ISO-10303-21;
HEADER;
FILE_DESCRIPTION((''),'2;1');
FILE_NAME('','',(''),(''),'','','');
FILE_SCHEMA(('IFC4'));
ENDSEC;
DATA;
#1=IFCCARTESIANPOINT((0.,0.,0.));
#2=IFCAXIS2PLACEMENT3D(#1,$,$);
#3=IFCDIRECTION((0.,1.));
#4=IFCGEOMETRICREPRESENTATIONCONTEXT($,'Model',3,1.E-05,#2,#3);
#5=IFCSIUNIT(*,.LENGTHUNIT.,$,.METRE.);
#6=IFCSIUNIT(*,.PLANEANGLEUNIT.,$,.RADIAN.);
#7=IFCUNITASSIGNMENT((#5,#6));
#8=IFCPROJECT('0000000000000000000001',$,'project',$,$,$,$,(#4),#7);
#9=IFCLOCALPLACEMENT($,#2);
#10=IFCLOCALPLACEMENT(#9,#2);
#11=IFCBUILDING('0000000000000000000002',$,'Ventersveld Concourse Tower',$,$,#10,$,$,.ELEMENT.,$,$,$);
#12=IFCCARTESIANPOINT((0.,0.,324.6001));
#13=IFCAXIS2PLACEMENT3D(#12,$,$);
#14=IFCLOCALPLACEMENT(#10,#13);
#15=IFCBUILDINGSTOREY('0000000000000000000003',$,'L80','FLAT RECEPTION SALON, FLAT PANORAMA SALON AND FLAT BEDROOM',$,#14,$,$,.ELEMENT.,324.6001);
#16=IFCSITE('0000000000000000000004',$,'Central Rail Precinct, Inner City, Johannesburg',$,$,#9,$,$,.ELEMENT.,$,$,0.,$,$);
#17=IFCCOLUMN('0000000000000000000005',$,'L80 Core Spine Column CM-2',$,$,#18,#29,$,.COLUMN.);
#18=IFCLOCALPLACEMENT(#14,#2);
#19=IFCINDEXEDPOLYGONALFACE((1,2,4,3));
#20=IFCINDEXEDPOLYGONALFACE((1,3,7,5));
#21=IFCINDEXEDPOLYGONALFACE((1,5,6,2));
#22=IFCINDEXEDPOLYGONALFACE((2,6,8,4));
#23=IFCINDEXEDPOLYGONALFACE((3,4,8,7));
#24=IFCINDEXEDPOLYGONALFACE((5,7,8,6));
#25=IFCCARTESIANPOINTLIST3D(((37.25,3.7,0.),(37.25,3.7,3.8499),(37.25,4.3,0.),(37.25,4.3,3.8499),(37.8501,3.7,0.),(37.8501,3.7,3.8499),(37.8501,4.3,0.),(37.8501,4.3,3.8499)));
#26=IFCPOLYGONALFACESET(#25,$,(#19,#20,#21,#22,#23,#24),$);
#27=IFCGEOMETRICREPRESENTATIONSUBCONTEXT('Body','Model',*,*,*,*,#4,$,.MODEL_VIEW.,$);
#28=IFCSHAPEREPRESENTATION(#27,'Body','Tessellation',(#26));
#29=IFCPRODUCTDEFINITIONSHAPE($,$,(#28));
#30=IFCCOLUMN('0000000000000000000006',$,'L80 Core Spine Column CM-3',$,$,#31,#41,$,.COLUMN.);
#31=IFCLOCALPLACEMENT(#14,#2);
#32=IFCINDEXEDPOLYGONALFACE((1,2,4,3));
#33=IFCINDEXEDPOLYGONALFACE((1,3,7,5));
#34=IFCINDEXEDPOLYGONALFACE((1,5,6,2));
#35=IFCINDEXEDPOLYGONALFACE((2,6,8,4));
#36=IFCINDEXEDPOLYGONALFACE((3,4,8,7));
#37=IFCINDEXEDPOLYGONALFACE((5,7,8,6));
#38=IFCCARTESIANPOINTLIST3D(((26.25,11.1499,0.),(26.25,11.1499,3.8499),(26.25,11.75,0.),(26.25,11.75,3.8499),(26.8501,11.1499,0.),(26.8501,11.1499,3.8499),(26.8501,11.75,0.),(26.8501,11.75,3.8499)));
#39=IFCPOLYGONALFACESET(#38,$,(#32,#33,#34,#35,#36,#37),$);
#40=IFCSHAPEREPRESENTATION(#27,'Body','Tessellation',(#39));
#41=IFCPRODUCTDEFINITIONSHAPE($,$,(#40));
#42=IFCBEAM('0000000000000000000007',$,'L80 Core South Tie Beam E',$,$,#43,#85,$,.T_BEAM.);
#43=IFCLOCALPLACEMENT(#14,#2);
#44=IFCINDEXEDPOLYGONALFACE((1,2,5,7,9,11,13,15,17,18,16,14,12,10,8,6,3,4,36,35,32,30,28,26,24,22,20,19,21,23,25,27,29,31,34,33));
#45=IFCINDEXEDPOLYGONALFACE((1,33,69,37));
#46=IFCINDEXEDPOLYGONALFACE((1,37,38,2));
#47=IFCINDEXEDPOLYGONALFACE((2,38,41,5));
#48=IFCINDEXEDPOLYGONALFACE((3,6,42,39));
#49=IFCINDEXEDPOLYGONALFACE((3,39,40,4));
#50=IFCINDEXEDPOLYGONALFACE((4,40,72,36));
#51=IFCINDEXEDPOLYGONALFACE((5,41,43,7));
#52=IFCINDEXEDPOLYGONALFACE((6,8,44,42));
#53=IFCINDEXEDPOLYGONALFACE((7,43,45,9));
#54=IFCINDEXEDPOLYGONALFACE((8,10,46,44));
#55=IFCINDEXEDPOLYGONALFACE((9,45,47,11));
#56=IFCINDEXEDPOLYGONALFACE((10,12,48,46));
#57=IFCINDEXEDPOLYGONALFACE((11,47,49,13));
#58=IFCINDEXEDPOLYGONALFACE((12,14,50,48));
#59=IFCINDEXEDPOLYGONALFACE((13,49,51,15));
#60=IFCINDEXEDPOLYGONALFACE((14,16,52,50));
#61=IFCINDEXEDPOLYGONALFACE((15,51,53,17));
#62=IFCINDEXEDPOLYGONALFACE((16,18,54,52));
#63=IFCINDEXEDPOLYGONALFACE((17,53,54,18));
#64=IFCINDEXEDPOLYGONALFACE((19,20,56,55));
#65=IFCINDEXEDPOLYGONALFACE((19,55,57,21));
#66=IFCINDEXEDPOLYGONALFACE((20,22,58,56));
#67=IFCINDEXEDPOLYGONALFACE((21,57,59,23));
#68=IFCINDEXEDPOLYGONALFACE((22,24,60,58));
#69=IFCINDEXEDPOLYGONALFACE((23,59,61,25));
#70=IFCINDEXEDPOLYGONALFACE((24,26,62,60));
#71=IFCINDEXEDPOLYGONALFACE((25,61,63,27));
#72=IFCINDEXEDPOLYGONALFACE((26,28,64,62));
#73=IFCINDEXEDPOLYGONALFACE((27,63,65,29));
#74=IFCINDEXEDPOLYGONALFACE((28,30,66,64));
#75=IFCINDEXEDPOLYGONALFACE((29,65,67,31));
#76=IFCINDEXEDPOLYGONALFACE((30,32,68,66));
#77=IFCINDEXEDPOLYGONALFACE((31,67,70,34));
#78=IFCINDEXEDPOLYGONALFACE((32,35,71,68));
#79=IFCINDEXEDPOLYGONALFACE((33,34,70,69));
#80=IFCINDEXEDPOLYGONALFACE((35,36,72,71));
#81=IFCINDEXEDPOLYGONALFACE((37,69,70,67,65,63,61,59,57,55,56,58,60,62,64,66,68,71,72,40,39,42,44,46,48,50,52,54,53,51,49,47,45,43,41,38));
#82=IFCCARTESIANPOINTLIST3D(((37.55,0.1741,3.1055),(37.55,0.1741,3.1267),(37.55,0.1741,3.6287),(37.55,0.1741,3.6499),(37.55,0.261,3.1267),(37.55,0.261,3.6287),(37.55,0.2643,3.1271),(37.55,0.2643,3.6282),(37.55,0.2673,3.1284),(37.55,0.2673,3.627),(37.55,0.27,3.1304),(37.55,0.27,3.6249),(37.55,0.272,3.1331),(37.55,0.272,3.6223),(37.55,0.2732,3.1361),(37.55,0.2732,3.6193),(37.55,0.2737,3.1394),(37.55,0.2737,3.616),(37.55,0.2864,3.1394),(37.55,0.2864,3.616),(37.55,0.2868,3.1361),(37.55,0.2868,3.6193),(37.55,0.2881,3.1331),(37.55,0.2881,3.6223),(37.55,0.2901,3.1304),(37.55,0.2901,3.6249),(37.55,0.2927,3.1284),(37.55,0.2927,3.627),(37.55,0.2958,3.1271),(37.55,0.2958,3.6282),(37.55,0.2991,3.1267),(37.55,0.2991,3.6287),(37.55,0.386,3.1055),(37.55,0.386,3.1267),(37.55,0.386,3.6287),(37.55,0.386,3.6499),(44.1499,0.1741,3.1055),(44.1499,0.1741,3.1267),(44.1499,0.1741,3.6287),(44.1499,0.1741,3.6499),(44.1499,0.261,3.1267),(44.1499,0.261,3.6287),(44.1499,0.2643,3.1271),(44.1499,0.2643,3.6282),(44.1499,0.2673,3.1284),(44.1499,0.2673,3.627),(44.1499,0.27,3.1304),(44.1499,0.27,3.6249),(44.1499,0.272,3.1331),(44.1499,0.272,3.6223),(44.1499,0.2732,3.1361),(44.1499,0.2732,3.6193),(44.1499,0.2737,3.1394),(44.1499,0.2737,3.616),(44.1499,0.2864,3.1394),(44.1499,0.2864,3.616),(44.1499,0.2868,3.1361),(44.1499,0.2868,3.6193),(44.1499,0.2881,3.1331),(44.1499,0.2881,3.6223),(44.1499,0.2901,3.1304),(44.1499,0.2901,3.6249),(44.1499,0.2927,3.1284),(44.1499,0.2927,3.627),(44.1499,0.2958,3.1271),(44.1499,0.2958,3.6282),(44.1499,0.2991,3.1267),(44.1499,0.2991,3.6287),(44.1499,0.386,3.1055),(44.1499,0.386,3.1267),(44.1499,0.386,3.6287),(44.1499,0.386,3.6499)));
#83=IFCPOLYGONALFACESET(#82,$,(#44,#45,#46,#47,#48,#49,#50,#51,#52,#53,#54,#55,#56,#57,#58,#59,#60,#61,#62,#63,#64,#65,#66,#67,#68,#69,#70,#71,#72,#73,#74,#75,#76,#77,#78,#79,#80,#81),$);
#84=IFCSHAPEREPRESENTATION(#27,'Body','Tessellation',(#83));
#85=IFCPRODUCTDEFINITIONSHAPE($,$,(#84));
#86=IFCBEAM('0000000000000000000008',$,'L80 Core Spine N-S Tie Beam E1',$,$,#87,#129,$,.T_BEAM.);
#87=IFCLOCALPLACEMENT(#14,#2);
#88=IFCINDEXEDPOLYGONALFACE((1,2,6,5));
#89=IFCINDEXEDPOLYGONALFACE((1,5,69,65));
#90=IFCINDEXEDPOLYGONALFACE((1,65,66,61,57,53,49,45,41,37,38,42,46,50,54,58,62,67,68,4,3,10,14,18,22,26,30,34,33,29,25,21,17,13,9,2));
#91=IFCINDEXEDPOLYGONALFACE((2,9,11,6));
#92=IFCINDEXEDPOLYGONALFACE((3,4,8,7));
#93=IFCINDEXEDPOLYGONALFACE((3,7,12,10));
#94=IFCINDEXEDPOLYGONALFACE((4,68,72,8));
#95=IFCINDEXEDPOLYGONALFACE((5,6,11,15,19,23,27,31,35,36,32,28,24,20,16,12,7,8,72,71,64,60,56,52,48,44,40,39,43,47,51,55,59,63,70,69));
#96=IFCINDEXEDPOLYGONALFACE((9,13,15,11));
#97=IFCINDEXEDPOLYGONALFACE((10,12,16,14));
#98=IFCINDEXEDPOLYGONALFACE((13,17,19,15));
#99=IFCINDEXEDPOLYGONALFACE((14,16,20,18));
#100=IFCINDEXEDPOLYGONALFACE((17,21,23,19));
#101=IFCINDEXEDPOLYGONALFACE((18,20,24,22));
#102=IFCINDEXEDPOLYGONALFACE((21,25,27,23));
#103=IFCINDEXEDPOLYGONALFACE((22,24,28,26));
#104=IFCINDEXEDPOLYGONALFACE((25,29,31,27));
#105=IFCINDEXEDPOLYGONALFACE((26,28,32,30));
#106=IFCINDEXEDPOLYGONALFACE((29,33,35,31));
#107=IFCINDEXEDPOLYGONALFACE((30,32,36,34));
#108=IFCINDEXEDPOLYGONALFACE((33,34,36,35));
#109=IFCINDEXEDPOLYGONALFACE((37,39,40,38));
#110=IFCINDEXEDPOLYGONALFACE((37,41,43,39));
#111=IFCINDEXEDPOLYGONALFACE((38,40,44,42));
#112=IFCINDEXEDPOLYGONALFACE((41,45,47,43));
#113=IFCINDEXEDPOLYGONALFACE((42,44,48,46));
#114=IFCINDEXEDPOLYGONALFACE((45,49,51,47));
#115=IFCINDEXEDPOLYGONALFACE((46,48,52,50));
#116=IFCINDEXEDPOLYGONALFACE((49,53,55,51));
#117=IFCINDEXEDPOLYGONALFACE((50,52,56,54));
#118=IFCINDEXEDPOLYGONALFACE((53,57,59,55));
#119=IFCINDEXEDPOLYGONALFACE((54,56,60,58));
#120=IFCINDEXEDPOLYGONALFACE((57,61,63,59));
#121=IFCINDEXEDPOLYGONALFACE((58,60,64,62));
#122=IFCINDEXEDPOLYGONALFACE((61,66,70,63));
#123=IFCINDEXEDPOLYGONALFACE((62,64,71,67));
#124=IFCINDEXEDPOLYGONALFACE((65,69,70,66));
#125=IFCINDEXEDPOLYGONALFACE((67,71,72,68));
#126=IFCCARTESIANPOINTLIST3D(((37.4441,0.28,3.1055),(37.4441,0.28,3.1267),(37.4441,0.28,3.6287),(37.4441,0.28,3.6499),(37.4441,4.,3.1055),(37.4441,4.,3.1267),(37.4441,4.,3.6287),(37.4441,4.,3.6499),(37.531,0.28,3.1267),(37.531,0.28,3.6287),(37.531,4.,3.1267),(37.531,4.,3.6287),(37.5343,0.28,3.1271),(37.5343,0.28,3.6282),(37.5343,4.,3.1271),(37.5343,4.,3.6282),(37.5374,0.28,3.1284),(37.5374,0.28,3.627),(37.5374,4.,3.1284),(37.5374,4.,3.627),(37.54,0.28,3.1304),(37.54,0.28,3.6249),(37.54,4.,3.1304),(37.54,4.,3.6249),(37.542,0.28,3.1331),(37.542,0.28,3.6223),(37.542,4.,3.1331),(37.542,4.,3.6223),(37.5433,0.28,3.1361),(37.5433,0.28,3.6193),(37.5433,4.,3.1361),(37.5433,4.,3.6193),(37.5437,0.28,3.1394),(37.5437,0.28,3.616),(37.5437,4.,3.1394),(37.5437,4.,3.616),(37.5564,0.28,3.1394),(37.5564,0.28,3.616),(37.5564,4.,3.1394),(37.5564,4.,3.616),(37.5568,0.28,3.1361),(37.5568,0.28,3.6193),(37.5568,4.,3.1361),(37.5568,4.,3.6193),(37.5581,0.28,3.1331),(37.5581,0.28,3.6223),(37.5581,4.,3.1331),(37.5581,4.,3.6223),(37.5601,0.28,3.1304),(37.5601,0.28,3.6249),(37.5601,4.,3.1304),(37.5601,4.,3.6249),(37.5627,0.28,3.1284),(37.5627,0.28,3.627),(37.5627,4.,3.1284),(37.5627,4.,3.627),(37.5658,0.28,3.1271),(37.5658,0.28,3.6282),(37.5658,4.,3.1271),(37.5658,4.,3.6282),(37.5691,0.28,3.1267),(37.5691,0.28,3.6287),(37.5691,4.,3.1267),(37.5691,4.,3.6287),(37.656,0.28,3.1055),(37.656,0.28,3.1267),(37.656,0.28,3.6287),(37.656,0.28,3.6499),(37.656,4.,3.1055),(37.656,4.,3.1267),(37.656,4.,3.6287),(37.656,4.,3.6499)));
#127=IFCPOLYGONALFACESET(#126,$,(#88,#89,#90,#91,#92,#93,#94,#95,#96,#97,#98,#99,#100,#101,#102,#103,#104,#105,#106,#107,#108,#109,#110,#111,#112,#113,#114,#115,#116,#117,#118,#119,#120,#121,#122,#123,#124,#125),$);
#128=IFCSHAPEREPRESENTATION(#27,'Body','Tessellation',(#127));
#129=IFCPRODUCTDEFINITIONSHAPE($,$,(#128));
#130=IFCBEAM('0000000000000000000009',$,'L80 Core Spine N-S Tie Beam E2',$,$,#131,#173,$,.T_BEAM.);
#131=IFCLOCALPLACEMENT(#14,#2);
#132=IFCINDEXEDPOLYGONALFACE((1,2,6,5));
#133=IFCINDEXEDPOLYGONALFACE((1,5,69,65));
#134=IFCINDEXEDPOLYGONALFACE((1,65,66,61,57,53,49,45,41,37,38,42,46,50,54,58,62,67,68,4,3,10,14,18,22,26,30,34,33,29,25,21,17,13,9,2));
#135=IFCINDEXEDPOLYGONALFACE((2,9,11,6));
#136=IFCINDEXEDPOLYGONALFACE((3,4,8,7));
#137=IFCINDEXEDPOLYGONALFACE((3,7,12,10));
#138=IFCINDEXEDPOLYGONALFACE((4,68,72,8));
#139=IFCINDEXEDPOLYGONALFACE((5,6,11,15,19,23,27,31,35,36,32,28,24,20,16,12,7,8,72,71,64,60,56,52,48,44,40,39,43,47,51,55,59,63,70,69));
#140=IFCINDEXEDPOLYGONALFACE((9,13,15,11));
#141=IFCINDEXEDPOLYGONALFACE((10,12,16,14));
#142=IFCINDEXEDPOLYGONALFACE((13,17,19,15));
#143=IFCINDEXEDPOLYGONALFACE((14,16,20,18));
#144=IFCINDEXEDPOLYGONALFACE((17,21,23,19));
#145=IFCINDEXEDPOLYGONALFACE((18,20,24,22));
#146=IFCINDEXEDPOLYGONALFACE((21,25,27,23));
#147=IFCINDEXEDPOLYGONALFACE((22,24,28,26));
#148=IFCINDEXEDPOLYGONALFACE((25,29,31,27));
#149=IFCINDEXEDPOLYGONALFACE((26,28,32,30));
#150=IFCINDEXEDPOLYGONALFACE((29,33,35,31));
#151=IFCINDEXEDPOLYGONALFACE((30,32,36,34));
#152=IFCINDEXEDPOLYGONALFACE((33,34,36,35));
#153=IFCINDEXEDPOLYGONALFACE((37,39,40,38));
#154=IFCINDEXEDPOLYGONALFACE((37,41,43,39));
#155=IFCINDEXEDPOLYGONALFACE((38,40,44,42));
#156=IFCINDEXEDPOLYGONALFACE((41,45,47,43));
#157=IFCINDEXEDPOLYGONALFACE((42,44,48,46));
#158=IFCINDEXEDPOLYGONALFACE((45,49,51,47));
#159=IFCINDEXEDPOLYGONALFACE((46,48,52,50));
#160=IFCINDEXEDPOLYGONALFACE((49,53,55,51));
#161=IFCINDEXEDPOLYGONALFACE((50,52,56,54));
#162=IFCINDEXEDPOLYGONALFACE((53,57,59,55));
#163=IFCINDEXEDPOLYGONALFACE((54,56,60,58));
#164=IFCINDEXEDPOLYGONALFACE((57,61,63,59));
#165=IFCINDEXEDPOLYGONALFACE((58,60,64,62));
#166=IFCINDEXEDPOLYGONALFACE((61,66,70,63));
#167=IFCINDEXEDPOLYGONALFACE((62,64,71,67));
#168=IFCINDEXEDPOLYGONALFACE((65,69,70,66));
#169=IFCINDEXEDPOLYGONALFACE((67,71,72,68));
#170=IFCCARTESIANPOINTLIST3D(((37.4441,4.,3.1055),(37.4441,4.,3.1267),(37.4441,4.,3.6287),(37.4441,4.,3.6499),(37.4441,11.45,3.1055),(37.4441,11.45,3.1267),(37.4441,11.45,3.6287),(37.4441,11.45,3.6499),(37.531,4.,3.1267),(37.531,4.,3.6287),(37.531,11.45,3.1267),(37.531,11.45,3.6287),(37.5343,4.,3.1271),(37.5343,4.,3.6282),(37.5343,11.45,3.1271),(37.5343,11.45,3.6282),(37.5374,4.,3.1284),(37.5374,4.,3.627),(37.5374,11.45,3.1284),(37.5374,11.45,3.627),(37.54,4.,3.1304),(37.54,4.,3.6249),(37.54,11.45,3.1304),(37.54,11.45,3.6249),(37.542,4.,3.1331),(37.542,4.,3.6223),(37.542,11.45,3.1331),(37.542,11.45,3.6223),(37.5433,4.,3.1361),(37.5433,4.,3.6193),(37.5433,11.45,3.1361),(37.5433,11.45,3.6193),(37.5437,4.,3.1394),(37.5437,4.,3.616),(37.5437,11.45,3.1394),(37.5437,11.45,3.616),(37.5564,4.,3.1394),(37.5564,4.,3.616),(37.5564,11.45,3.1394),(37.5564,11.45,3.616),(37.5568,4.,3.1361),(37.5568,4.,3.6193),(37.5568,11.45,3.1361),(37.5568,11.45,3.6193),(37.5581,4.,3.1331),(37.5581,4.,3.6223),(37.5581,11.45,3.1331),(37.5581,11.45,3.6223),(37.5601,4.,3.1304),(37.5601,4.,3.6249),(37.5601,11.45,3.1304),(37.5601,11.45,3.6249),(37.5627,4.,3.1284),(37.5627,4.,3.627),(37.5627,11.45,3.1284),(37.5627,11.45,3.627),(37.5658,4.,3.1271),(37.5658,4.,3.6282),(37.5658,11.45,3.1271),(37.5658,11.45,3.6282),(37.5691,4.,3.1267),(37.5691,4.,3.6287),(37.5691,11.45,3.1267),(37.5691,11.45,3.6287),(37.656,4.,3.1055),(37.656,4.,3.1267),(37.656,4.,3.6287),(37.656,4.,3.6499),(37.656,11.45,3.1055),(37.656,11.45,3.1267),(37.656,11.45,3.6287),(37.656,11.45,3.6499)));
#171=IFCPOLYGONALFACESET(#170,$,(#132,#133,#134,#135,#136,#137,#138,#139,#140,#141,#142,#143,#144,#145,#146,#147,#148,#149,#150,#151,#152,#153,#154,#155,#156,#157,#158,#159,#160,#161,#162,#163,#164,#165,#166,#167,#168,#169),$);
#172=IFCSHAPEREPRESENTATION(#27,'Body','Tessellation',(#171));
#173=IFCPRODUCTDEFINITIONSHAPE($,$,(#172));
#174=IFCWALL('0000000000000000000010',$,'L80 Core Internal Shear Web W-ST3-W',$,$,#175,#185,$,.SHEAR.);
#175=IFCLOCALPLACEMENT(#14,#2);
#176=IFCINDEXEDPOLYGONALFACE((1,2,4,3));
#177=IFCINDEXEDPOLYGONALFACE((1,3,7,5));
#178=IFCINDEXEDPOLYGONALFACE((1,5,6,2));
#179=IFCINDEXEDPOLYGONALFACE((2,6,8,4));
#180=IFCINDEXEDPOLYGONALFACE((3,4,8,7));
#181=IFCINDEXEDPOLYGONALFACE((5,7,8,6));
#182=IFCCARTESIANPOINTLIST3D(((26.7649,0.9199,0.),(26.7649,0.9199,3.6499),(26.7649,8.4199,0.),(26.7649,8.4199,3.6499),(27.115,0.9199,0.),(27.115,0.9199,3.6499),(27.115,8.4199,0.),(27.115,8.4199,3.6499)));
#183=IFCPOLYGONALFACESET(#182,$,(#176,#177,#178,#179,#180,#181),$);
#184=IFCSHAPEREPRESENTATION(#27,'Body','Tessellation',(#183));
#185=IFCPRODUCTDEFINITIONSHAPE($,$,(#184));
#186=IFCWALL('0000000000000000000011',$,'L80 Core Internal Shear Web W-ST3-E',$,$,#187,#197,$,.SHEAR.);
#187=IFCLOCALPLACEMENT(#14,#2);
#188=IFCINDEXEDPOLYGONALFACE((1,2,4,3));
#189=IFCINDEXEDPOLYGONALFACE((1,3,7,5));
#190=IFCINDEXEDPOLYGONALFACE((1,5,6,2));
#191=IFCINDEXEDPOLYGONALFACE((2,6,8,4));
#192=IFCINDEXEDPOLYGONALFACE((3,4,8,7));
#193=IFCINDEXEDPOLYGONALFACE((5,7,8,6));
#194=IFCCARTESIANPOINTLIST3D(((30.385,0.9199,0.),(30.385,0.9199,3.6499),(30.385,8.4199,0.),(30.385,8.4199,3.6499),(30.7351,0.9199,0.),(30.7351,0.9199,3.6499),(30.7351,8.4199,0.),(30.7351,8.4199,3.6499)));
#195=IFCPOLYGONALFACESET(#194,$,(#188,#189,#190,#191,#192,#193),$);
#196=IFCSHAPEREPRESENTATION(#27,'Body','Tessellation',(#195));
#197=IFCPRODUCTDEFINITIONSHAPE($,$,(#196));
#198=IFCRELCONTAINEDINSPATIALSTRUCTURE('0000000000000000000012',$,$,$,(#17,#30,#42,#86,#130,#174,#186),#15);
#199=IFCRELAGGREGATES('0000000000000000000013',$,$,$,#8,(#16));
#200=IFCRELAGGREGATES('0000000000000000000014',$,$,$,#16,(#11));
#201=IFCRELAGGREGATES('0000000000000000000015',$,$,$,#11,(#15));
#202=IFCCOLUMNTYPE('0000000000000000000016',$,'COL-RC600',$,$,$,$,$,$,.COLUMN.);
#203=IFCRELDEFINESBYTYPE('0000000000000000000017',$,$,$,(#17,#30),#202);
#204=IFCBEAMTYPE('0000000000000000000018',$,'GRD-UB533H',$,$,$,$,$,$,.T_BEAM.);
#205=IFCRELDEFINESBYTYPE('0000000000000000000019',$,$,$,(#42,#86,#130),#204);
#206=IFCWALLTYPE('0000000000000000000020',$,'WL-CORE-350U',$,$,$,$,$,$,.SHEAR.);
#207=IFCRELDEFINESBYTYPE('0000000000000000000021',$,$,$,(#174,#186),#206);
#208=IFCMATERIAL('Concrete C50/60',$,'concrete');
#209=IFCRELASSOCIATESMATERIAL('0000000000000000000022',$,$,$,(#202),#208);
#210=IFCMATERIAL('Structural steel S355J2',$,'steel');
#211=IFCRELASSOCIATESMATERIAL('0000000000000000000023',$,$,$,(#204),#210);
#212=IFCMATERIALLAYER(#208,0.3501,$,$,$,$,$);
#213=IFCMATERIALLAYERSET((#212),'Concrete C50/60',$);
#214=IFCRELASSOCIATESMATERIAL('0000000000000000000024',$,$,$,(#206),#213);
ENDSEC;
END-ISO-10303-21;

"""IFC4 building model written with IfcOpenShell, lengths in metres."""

from ifc_helpers import new_model, si_unit, direction, frame, frame_2d, origin, origin_2d, place, context, subcontext, project, spatial, rectangle, i_section, extrude, material, layer, layer_set, material_profile, profile_set, type_object, element, save


model = new_model("IFC4")

# Units and contexts
model_context = context("Model", 3, precision=1e-05, world=origin(), true_north=direction((0.0, 1.0)))
body_context = subcontext(model_context, "Body", "Model", "MODEL_VIEW")
ifc_project = project(units=[si_unit("LENGTHUNIT", "METRE"), si_unit("PLANEANGLEUNIT", "RADIAN")], contexts=[model_context])

# Site, building, storey
site_placement = place(None, origin())
site = spatial("IfcSite", under=ifc_project, at=site_placement, Name="Central Rail Precinct, Inner City, Johannesburg", CompositionType="ELEMENT", RefElevation=0.0)
building_placement = place(site_placement, origin())
building = spatial("IfcBuilding", under=site, at=building_placement, Name="Ventersveld Concourse Tower", CompositionType="ELEMENT")
storey_placement = place(building_placement, frame((0.0, 0.0, 324.6001)))
storey = spatial("IfcBuildingStorey", under=building, at=storey_placement, Name="L80", Description="FLAT RECEPTION SALON, FLAT PANORAMA SALON AND FLAT BEDROOM", CompositionType="ELEMENT", Elevation=324.6001)

# Columns
ifc_material_1 = material(Name="Concrete C50/60", Category="concrete")
ifc_material_profile_1 = material_profile(ifc_material_1, rectangle(XDim=0.6001, YDim=0.6001, at=origin_2d()), Name="RC 600x600")
ifc_profile_set_1 = profile_set([ifc_material_profile_1], Name="Concrete C50/60")
column_type = type_object("IfcColumnType", Name="COL-RC600", PredefinedType="COLUMN", material=ifc_profile_set_1)
for number, where, z_axis, x_axis, name in (
    (1, (37.55, 4.0, 0.0), (0.0, 0.0, 1.0), (1.0, 0.0, 0.0), "L80 Core Spine Column CM-2"),
    (2, (26.55, 11.45, 0.0), (0.0, 0.0, 1.0), (1.0, 0.0, 0.0), "L80 Core Spine Column CM-3"),
):
    element("IfcColumn", number, at=place(storey_placement, frame(where, z_axis=z_axis, x_axis=x_axis)), inside=storey, type_object=column_type, Name=name, PredefinedType="COLUMN", context=body_context, shape_type="SweptSolid", body=[
        extrude(rectangle(XDim=0.6001, YDim=0.6001, at=origin_2d()), origin(), (0.0, 0.0, 1.0), 3.8499),
    ])

# Beams
ifc_material_2 = material(Name="Structural steel S355J2", Category="steel")
ifc_material_profile_2 = material_profile(ifc_material_2, i_section(OverallWidth=0.2119, OverallDepth=0.5444, WebThickness=0.0127, FlangeThickness=0.0212, FilletRadius=0.0127, at=origin_2d()), Name="UB 533x210x122")
ifc_profile_set_2 = profile_set([ifc_material_profile_2], Name="Structural steel S355J2")
beam_type = type_object("IfcBeamType", Name="GRD-UB533H", PredefinedType="T_BEAM", material=ifc_profile_set_2)
beam_1_placement = place(storey_placement, frame((37.55, 0.28, 3.3777), z_axis=(1.0, 0.0, 0.0), x_axis=(0.0, 1.0, 0.0)))
element("IfcBeam", 3, at=beam_1_placement, inside=storey, type_object=beam_type, Name="L80 Core South Tie Beam E", PredefinedType="T_BEAM", context=body_context, shape_type="SweptSolid", body=[
    extrude(i_section(OverallWidth=0.2119, OverallDepth=0.5444, WebThickness=0.0127, FlangeThickness=0.0212, FilletRadius=0.0127, at=origin_2d()), origin(), (0.0, 0.0, 1.0), 6.5999),
])
beam_2_placement = place(storey_placement, frame((37.55, 0.28, 3.3777), z_axis=(0.0, 1.0, 0.0), x_axis=(-1.0, 0.0, 0.0)))
element("IfcBeam", 4, at=beam_2_placement, inside=storey, type_object=beam_type, Name="L80 Core Spine N-S Tie Beam E1", PredefinedType="T_BEAM", context=body_context, shape_type="SweptSolid", body=[
    extrude(i_section(OverallWidth=0.2119, OverallDepth=0.5444, WebThickness=0.0127, FlangeThickness=0.0212, FilletRadius=0.0127, at=origin_2d()), origin(), (0.0, 0.0, 1.0), 3.72),
])
beam_3_placement = place(storey_placement, frame((37.55, 4.0, 3.3777), z_axis=(0.0, 1.0, 0.0), x_axis=(-1.0, 0.0, 0.0)))
element("IfcBeam", 5, at=beam_3_placement, inside=storey, type_object=beam_type, Name="L80 Core Spine N-S Tie Beam E2", PredefinedType="T_BEAM", context=body_context, shape_type="SweptSolid", body=[
    extrude(i_section(OverallWidth=0.2119, OverallDepth=0.5444, WebThickness=0.0127, FlangeThickness=0.0212, FilletRadius=0.0127, at=origin_2d()), origin(), (0.0, 0.0, 1.0), 7.45),
])

# Walls
ifc_layer_1 = layer(ifc_material_1, 0.3501)
ifc_layer_set_1 = layer_set([ifc_layer_1], Name="Concrete C50/60")
wall_type_1 = type_object("IfcWallType", Name="WL-CORE-350U", PredefinedType="SHEAR", material=ifc_layer_set_1)
for number, where, z_axis, x_axis, name in (
    (6, (26.9399, 0.9199, 0.0), (0.0, 0.0, 1.0), (0.0, 1.0, 0.0), "L80 Core Internal Shear Web W-ST3-W"),
    (7, (30.5601, 0.9199, 0.0), (0.0, 0.0, 1.0), (0.0, 1.0, 0.0), "L80 Core Internal Shear Web W-ST3-E"),
):
    element("IfcWall", number, at=place(storey_placement, frame(where, z_axis=z_axis, x_axis=x_axis)), inside=storey, type_object=wall_type_1, Name=name, PredefinedType="SHEAR", context=body_context, shape_type="SweptSolid", body=[
        extrude(rectangle(XDim=7.5, YDim=0.3501, at=frame_2d((3.75, 0.0))), origin(), (0.0, 0.0, 1.0), 3.6499),
    ])

save(model, "model.ifc")
